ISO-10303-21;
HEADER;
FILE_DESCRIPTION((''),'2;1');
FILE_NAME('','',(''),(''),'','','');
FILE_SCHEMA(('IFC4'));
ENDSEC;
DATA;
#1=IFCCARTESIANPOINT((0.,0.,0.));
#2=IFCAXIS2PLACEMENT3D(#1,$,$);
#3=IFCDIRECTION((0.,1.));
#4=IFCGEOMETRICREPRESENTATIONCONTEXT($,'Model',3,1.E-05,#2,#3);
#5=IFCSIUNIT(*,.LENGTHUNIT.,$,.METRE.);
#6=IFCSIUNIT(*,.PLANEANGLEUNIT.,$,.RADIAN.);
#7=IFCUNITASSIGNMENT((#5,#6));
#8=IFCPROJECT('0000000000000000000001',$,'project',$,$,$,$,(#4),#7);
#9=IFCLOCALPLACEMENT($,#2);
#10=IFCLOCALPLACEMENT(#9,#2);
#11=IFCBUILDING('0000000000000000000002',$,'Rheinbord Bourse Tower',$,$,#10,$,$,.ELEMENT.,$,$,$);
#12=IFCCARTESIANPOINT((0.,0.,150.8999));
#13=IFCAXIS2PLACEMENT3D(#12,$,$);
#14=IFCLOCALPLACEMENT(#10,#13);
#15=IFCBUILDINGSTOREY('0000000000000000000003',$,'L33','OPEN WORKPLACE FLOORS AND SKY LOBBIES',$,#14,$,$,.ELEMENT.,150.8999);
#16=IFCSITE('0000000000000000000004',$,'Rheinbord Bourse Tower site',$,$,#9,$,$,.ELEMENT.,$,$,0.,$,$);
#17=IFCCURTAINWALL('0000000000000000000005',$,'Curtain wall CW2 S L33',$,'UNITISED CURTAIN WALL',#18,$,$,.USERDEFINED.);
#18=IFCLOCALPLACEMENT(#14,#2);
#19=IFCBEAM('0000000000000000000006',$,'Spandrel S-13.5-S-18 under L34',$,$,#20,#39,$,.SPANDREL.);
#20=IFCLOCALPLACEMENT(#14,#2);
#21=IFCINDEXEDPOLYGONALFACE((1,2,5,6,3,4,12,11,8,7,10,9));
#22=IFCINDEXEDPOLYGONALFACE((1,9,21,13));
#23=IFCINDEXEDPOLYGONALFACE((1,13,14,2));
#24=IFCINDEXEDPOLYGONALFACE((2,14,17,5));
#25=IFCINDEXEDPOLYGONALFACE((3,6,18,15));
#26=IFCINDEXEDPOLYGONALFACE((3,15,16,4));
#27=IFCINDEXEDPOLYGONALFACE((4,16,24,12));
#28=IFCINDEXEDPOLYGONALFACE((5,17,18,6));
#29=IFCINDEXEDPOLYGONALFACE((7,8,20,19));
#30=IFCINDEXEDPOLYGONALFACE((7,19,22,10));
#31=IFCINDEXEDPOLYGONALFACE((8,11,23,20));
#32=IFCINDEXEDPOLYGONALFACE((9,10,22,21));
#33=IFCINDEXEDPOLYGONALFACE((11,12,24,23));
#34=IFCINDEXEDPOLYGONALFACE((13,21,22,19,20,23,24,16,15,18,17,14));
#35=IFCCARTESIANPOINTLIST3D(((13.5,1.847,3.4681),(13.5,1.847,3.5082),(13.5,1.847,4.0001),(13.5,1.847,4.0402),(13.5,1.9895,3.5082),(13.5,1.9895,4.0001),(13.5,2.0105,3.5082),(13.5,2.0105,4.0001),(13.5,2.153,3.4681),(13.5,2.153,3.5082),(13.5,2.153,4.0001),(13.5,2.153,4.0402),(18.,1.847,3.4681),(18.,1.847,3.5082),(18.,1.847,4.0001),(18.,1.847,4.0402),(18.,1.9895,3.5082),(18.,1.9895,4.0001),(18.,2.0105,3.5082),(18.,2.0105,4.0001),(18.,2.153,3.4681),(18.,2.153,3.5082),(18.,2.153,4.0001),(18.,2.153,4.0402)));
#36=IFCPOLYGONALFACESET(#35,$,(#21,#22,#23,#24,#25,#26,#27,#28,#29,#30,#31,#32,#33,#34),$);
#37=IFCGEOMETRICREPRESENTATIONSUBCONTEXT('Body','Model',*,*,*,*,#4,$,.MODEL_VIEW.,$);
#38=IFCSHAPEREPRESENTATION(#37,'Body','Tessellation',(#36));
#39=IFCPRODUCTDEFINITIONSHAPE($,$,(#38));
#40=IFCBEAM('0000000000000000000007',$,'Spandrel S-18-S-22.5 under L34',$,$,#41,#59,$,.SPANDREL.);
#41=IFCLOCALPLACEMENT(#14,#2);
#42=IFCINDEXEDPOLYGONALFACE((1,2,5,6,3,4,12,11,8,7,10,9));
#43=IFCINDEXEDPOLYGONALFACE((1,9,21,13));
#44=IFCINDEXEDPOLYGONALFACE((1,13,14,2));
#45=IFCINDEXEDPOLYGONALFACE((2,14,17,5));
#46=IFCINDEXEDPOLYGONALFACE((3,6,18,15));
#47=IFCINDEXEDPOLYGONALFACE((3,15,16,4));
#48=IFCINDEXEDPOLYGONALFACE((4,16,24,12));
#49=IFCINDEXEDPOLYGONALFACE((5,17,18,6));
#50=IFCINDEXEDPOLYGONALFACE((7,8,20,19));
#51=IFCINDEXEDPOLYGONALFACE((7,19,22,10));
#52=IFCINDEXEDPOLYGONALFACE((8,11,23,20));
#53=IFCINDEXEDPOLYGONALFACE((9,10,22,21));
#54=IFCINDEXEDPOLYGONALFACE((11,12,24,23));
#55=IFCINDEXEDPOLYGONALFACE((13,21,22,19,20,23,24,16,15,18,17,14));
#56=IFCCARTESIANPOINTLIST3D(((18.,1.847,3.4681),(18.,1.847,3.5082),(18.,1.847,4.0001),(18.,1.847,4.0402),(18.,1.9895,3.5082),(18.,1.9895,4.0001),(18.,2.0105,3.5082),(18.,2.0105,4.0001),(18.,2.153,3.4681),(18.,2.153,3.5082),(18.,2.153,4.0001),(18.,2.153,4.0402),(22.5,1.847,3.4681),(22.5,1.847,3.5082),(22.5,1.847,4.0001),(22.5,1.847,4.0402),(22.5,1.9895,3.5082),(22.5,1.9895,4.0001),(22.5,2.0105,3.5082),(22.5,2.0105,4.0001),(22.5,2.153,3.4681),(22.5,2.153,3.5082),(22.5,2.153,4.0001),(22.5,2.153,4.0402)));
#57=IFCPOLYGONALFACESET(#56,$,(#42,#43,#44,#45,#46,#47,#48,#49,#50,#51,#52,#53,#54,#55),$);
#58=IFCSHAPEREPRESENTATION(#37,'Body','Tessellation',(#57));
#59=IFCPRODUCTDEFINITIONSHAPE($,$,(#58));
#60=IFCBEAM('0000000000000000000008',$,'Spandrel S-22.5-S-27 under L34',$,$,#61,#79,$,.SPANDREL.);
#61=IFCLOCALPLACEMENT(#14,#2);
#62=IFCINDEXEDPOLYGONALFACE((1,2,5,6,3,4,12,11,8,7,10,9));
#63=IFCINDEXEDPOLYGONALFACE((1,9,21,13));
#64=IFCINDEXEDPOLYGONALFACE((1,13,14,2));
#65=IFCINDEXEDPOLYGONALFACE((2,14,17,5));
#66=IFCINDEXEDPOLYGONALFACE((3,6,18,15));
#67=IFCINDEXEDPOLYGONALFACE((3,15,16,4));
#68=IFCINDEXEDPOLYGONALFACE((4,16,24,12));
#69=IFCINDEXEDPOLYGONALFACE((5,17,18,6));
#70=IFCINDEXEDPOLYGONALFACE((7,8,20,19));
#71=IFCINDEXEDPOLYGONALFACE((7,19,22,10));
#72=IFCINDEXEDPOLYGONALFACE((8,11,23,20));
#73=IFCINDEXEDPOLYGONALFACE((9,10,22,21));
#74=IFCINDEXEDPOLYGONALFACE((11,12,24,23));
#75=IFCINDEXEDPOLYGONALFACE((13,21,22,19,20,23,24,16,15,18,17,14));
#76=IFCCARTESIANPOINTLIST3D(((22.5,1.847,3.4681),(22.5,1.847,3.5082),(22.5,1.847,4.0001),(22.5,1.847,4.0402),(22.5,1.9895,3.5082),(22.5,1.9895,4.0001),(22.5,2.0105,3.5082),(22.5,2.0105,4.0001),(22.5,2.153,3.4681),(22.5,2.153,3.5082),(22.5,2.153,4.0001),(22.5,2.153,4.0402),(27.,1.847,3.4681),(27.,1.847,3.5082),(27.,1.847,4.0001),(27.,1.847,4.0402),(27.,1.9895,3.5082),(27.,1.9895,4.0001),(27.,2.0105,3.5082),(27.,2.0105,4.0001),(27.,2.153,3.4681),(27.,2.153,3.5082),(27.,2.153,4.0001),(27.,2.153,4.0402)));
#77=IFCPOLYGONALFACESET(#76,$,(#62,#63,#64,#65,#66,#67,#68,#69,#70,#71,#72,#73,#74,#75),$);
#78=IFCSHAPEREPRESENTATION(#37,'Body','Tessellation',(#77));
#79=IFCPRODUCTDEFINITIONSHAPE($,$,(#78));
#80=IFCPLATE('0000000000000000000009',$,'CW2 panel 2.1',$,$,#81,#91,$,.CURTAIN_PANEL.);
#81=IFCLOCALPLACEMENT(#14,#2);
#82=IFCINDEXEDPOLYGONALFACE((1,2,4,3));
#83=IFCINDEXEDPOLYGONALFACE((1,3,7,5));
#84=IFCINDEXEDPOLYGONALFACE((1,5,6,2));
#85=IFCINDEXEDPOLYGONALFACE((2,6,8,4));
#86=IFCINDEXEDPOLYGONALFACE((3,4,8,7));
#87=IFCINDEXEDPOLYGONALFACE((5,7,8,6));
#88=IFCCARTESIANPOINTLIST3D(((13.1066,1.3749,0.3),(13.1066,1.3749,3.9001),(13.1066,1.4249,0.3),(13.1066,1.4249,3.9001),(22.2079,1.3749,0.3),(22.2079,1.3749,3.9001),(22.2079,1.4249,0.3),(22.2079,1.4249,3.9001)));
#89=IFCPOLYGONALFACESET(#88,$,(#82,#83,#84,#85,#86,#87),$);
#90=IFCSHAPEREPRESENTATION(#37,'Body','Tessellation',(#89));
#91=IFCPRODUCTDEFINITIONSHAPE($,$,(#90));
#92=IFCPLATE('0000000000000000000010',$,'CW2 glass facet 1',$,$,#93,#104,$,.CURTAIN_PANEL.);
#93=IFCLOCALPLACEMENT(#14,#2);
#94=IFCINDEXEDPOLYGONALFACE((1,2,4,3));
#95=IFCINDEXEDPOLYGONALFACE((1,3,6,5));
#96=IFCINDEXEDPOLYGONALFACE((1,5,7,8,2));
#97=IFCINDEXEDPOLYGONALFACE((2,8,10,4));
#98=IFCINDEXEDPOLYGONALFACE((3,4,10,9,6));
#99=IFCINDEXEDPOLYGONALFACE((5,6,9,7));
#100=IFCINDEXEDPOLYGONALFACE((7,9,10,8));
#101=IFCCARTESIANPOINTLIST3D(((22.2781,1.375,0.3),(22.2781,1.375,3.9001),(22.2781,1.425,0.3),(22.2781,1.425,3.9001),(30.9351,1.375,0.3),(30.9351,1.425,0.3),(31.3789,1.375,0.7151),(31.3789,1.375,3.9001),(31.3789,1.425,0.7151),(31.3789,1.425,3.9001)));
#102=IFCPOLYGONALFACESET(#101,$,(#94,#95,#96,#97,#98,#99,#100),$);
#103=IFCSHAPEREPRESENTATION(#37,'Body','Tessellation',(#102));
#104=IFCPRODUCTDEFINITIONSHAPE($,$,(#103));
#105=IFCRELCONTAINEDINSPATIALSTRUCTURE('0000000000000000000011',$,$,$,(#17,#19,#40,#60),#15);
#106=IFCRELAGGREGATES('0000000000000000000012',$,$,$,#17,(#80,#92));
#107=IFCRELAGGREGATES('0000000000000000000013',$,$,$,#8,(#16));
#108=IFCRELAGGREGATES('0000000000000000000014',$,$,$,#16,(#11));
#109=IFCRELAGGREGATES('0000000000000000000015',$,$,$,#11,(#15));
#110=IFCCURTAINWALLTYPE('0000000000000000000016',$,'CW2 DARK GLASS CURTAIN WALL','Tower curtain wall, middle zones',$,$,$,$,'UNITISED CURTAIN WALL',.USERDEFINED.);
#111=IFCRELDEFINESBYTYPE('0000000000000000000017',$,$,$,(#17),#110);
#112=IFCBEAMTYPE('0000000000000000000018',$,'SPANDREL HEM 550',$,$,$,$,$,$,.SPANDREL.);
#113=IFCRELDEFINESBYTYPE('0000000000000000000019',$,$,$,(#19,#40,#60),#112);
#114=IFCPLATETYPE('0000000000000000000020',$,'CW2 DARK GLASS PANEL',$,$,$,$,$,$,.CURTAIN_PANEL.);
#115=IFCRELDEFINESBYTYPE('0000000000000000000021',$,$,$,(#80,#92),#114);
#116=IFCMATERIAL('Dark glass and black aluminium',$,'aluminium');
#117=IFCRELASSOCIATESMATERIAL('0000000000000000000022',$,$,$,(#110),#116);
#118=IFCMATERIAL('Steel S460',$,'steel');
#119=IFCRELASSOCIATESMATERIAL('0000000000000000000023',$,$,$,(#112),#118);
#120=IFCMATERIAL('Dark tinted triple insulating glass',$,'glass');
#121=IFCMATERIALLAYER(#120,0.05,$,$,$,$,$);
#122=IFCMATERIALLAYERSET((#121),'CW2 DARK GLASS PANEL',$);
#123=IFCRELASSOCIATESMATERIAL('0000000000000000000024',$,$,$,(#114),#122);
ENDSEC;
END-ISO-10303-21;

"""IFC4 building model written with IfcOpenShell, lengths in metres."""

from ifc_helpers import new_model, si_unit, direction, frame, origin, origin_2d, place, context, subcontext, project, spatial, polyline, rectangle, i_section, outline, extrude, material, layer, layer_set, material_profile, profile_set, type_object, element, aggregate, save


model = new_model("IFC4")

# Units and contexts
model_context = context("Model", 3, precision=1e-05, world=origin(), true_north=direction((0.0, 1.0)))
body_context = subcontext(model_context, "Body", "Model", "MODEL_VIEW")
ifc_project = project(units=[si_unit("LENGTHUNIT", "METRE"), si_unit("PLANEANGLEUNIT", "RADIAN")], contexts=[model_context])

# Site, building, storey
site_placement = place(None, origin())
site = spatial("IfcSite", under=ifc_project, at=site_placement, Name="Rheinbord Bourse Tower site", CompositionType="ELEMENT", RefElevation=0.0)
building_placement = place(site_placement, origin())
building = spatial("IfcBuilding", under=site, at=building_placement, Name="Rheinbord Bourse Tower", CompositionType="ELEMENT")
storey_placement = place(building_placement, frame((0.0, 0.0, 150.8999)))
storey = spatial("IfcBuildingStorey", under=building, at=storey_placement, Name="L33", Description="OPEN WORKPLACE FLOORS AND SKY LOBBIES", CompositionType="ELEMENT", Elevation=150.8999)

# Curtain wall
ifc_material_1 = material(Name="Dark glass and black aluminium", Category="aluminium")
curtain_wall_type = type_object("IfcCurtainWallType", Name="CW2 DARK GLASS CURTAIN WALL", Description="Tower curtain wall, middle zones", ElementType="UNITISED CURTAIN WALL", PredefinedType="USERDEFINED", material=ifc_material_1)
curtain_wall_placement = place(storey_placement, origin())
curtain_wall = element("IfcCurtainWall", 1, at=curtain_wall_placement, inside=storey, type_object=curtain_wall_type, Name="Curtain wall CW2 S L33", ObjectType="UNITISED CURTAIN WALL", PredefinedType="USERDEFINED")

# Beams
ifc_material_2 = material(Name="Steel S460", Category="steel")
ifc_material_profile_1 = material_profile(ifc_material_2, i_section(OverallWidth=0.3059, OverallDepth=0.572, WebThickness=0.021, FlangeThickness=0.04, at=origin_2d()), Name="HEM 550")
ifc_profile_set_1 = profile_set([ifc_material_profile_1], Name="Steel S460")
beam_type_1 = type_object("IfcBeamType", Name="SPANDREL HEM 550", PredefinedType="SPANDREL", material=ifc_profile_set_1)
for number, where, z_axis, x_axis, name in (
    (2, (13.5, 2.0, 3.7542), (1.0, 0.0, 0.0), (0.0, 1.0, 0.0), "Spandrel S-13.5-S-18 under L34"),
    (3, (18.0, 2.0, 3.7542), (1.0, 0.0, 0.0), (0.0, 1.0, 0.0), "Spandrel S-18-S-22.5 under L34"),
    (4, (22.5, 2.0, 3.7542), (1.0, 0.0, 0.0), (0.0, 1.0, 0.0), "Spandrel S-22.5-S-27 under L34"),
):
    element("IfcBeam", number, at=place(storey_placement, frame(where, z_axis=z_axis, x_axis=x_axis)), inside=storey, type_object=beam_type_1, Name=name, PredefinedType="SPANDREL", context=body_context, shape_type="SweptSolid", body=[
        extrude(i_section(OverallWidth=0.3059, OverallDepth=0.572, WebThickness=0.021, FlangeThickness=0.04, at=origin_2d()), origin(), (0.0, 0.0, 1.0), 4.5),
    ])

# Plates
ifc_material_3 = material(Name="Dark tinted triple insulating glass", Category="glass")
ifc_layer = layer(ifc_material_3, 0.05)
ifc_layer_set = layer_set([ifc_layer], Name="CW2 DARK GLASS PANEL")
plate_type = type_object("IfcPlateType", Name="CW2 DARK GLASS PANEL", PredefinedType="CURTAIN_PANEL", material=ifc_layer_set)
plate_1_placement = place(storey_placement, frame((17.6572, 1.3999, 0.3), z_axis=(0.0, 0.0, 1.0), x_axis=(1.0, 0.0, 0.0)))
plate_1 = element("IfcPlate", 5, at=plate_1_placement, type_object=plate_type, Name="CW2 panel 2.1", PredefinedType="CURTAIN_PANEL", context=body_context, shape_type="SweptSolid", body=[
    extrude(rectangle(XDim=9.1013, YDim=0.05, at=origin_2d()), origin(), (0.0, 0.0, 1.0), 3.6001),
])
plate_2_placement = place(storey_placement, frame((22.2781, 1.375, 0.3), z_axis=(0.0, 1.0, 0.0), x_axis=(0.0, 0.0, 1.0)))
plate_2 = element("IfcPlate", 6, at=plate_2_placement, type_object=plate_type, Name="CW2 glass facet 1", PredefinedType="CURTAIN_PANEL", context=body_context, shape_type="SweptSolid", body=[
    extrude(outline(polyline([(0.0, 0.0), (3.6001, 0.0), (3.6001, 9.1008), (0.415, 9.1008), (0.0, 8.657), (0.0, 0.0)])), origin(), (0.0, 0.0, 1.0), 0.05),
])
aggregate(curtain_wall, [plate_1, plate_2])

save(model, "model.ifc")
